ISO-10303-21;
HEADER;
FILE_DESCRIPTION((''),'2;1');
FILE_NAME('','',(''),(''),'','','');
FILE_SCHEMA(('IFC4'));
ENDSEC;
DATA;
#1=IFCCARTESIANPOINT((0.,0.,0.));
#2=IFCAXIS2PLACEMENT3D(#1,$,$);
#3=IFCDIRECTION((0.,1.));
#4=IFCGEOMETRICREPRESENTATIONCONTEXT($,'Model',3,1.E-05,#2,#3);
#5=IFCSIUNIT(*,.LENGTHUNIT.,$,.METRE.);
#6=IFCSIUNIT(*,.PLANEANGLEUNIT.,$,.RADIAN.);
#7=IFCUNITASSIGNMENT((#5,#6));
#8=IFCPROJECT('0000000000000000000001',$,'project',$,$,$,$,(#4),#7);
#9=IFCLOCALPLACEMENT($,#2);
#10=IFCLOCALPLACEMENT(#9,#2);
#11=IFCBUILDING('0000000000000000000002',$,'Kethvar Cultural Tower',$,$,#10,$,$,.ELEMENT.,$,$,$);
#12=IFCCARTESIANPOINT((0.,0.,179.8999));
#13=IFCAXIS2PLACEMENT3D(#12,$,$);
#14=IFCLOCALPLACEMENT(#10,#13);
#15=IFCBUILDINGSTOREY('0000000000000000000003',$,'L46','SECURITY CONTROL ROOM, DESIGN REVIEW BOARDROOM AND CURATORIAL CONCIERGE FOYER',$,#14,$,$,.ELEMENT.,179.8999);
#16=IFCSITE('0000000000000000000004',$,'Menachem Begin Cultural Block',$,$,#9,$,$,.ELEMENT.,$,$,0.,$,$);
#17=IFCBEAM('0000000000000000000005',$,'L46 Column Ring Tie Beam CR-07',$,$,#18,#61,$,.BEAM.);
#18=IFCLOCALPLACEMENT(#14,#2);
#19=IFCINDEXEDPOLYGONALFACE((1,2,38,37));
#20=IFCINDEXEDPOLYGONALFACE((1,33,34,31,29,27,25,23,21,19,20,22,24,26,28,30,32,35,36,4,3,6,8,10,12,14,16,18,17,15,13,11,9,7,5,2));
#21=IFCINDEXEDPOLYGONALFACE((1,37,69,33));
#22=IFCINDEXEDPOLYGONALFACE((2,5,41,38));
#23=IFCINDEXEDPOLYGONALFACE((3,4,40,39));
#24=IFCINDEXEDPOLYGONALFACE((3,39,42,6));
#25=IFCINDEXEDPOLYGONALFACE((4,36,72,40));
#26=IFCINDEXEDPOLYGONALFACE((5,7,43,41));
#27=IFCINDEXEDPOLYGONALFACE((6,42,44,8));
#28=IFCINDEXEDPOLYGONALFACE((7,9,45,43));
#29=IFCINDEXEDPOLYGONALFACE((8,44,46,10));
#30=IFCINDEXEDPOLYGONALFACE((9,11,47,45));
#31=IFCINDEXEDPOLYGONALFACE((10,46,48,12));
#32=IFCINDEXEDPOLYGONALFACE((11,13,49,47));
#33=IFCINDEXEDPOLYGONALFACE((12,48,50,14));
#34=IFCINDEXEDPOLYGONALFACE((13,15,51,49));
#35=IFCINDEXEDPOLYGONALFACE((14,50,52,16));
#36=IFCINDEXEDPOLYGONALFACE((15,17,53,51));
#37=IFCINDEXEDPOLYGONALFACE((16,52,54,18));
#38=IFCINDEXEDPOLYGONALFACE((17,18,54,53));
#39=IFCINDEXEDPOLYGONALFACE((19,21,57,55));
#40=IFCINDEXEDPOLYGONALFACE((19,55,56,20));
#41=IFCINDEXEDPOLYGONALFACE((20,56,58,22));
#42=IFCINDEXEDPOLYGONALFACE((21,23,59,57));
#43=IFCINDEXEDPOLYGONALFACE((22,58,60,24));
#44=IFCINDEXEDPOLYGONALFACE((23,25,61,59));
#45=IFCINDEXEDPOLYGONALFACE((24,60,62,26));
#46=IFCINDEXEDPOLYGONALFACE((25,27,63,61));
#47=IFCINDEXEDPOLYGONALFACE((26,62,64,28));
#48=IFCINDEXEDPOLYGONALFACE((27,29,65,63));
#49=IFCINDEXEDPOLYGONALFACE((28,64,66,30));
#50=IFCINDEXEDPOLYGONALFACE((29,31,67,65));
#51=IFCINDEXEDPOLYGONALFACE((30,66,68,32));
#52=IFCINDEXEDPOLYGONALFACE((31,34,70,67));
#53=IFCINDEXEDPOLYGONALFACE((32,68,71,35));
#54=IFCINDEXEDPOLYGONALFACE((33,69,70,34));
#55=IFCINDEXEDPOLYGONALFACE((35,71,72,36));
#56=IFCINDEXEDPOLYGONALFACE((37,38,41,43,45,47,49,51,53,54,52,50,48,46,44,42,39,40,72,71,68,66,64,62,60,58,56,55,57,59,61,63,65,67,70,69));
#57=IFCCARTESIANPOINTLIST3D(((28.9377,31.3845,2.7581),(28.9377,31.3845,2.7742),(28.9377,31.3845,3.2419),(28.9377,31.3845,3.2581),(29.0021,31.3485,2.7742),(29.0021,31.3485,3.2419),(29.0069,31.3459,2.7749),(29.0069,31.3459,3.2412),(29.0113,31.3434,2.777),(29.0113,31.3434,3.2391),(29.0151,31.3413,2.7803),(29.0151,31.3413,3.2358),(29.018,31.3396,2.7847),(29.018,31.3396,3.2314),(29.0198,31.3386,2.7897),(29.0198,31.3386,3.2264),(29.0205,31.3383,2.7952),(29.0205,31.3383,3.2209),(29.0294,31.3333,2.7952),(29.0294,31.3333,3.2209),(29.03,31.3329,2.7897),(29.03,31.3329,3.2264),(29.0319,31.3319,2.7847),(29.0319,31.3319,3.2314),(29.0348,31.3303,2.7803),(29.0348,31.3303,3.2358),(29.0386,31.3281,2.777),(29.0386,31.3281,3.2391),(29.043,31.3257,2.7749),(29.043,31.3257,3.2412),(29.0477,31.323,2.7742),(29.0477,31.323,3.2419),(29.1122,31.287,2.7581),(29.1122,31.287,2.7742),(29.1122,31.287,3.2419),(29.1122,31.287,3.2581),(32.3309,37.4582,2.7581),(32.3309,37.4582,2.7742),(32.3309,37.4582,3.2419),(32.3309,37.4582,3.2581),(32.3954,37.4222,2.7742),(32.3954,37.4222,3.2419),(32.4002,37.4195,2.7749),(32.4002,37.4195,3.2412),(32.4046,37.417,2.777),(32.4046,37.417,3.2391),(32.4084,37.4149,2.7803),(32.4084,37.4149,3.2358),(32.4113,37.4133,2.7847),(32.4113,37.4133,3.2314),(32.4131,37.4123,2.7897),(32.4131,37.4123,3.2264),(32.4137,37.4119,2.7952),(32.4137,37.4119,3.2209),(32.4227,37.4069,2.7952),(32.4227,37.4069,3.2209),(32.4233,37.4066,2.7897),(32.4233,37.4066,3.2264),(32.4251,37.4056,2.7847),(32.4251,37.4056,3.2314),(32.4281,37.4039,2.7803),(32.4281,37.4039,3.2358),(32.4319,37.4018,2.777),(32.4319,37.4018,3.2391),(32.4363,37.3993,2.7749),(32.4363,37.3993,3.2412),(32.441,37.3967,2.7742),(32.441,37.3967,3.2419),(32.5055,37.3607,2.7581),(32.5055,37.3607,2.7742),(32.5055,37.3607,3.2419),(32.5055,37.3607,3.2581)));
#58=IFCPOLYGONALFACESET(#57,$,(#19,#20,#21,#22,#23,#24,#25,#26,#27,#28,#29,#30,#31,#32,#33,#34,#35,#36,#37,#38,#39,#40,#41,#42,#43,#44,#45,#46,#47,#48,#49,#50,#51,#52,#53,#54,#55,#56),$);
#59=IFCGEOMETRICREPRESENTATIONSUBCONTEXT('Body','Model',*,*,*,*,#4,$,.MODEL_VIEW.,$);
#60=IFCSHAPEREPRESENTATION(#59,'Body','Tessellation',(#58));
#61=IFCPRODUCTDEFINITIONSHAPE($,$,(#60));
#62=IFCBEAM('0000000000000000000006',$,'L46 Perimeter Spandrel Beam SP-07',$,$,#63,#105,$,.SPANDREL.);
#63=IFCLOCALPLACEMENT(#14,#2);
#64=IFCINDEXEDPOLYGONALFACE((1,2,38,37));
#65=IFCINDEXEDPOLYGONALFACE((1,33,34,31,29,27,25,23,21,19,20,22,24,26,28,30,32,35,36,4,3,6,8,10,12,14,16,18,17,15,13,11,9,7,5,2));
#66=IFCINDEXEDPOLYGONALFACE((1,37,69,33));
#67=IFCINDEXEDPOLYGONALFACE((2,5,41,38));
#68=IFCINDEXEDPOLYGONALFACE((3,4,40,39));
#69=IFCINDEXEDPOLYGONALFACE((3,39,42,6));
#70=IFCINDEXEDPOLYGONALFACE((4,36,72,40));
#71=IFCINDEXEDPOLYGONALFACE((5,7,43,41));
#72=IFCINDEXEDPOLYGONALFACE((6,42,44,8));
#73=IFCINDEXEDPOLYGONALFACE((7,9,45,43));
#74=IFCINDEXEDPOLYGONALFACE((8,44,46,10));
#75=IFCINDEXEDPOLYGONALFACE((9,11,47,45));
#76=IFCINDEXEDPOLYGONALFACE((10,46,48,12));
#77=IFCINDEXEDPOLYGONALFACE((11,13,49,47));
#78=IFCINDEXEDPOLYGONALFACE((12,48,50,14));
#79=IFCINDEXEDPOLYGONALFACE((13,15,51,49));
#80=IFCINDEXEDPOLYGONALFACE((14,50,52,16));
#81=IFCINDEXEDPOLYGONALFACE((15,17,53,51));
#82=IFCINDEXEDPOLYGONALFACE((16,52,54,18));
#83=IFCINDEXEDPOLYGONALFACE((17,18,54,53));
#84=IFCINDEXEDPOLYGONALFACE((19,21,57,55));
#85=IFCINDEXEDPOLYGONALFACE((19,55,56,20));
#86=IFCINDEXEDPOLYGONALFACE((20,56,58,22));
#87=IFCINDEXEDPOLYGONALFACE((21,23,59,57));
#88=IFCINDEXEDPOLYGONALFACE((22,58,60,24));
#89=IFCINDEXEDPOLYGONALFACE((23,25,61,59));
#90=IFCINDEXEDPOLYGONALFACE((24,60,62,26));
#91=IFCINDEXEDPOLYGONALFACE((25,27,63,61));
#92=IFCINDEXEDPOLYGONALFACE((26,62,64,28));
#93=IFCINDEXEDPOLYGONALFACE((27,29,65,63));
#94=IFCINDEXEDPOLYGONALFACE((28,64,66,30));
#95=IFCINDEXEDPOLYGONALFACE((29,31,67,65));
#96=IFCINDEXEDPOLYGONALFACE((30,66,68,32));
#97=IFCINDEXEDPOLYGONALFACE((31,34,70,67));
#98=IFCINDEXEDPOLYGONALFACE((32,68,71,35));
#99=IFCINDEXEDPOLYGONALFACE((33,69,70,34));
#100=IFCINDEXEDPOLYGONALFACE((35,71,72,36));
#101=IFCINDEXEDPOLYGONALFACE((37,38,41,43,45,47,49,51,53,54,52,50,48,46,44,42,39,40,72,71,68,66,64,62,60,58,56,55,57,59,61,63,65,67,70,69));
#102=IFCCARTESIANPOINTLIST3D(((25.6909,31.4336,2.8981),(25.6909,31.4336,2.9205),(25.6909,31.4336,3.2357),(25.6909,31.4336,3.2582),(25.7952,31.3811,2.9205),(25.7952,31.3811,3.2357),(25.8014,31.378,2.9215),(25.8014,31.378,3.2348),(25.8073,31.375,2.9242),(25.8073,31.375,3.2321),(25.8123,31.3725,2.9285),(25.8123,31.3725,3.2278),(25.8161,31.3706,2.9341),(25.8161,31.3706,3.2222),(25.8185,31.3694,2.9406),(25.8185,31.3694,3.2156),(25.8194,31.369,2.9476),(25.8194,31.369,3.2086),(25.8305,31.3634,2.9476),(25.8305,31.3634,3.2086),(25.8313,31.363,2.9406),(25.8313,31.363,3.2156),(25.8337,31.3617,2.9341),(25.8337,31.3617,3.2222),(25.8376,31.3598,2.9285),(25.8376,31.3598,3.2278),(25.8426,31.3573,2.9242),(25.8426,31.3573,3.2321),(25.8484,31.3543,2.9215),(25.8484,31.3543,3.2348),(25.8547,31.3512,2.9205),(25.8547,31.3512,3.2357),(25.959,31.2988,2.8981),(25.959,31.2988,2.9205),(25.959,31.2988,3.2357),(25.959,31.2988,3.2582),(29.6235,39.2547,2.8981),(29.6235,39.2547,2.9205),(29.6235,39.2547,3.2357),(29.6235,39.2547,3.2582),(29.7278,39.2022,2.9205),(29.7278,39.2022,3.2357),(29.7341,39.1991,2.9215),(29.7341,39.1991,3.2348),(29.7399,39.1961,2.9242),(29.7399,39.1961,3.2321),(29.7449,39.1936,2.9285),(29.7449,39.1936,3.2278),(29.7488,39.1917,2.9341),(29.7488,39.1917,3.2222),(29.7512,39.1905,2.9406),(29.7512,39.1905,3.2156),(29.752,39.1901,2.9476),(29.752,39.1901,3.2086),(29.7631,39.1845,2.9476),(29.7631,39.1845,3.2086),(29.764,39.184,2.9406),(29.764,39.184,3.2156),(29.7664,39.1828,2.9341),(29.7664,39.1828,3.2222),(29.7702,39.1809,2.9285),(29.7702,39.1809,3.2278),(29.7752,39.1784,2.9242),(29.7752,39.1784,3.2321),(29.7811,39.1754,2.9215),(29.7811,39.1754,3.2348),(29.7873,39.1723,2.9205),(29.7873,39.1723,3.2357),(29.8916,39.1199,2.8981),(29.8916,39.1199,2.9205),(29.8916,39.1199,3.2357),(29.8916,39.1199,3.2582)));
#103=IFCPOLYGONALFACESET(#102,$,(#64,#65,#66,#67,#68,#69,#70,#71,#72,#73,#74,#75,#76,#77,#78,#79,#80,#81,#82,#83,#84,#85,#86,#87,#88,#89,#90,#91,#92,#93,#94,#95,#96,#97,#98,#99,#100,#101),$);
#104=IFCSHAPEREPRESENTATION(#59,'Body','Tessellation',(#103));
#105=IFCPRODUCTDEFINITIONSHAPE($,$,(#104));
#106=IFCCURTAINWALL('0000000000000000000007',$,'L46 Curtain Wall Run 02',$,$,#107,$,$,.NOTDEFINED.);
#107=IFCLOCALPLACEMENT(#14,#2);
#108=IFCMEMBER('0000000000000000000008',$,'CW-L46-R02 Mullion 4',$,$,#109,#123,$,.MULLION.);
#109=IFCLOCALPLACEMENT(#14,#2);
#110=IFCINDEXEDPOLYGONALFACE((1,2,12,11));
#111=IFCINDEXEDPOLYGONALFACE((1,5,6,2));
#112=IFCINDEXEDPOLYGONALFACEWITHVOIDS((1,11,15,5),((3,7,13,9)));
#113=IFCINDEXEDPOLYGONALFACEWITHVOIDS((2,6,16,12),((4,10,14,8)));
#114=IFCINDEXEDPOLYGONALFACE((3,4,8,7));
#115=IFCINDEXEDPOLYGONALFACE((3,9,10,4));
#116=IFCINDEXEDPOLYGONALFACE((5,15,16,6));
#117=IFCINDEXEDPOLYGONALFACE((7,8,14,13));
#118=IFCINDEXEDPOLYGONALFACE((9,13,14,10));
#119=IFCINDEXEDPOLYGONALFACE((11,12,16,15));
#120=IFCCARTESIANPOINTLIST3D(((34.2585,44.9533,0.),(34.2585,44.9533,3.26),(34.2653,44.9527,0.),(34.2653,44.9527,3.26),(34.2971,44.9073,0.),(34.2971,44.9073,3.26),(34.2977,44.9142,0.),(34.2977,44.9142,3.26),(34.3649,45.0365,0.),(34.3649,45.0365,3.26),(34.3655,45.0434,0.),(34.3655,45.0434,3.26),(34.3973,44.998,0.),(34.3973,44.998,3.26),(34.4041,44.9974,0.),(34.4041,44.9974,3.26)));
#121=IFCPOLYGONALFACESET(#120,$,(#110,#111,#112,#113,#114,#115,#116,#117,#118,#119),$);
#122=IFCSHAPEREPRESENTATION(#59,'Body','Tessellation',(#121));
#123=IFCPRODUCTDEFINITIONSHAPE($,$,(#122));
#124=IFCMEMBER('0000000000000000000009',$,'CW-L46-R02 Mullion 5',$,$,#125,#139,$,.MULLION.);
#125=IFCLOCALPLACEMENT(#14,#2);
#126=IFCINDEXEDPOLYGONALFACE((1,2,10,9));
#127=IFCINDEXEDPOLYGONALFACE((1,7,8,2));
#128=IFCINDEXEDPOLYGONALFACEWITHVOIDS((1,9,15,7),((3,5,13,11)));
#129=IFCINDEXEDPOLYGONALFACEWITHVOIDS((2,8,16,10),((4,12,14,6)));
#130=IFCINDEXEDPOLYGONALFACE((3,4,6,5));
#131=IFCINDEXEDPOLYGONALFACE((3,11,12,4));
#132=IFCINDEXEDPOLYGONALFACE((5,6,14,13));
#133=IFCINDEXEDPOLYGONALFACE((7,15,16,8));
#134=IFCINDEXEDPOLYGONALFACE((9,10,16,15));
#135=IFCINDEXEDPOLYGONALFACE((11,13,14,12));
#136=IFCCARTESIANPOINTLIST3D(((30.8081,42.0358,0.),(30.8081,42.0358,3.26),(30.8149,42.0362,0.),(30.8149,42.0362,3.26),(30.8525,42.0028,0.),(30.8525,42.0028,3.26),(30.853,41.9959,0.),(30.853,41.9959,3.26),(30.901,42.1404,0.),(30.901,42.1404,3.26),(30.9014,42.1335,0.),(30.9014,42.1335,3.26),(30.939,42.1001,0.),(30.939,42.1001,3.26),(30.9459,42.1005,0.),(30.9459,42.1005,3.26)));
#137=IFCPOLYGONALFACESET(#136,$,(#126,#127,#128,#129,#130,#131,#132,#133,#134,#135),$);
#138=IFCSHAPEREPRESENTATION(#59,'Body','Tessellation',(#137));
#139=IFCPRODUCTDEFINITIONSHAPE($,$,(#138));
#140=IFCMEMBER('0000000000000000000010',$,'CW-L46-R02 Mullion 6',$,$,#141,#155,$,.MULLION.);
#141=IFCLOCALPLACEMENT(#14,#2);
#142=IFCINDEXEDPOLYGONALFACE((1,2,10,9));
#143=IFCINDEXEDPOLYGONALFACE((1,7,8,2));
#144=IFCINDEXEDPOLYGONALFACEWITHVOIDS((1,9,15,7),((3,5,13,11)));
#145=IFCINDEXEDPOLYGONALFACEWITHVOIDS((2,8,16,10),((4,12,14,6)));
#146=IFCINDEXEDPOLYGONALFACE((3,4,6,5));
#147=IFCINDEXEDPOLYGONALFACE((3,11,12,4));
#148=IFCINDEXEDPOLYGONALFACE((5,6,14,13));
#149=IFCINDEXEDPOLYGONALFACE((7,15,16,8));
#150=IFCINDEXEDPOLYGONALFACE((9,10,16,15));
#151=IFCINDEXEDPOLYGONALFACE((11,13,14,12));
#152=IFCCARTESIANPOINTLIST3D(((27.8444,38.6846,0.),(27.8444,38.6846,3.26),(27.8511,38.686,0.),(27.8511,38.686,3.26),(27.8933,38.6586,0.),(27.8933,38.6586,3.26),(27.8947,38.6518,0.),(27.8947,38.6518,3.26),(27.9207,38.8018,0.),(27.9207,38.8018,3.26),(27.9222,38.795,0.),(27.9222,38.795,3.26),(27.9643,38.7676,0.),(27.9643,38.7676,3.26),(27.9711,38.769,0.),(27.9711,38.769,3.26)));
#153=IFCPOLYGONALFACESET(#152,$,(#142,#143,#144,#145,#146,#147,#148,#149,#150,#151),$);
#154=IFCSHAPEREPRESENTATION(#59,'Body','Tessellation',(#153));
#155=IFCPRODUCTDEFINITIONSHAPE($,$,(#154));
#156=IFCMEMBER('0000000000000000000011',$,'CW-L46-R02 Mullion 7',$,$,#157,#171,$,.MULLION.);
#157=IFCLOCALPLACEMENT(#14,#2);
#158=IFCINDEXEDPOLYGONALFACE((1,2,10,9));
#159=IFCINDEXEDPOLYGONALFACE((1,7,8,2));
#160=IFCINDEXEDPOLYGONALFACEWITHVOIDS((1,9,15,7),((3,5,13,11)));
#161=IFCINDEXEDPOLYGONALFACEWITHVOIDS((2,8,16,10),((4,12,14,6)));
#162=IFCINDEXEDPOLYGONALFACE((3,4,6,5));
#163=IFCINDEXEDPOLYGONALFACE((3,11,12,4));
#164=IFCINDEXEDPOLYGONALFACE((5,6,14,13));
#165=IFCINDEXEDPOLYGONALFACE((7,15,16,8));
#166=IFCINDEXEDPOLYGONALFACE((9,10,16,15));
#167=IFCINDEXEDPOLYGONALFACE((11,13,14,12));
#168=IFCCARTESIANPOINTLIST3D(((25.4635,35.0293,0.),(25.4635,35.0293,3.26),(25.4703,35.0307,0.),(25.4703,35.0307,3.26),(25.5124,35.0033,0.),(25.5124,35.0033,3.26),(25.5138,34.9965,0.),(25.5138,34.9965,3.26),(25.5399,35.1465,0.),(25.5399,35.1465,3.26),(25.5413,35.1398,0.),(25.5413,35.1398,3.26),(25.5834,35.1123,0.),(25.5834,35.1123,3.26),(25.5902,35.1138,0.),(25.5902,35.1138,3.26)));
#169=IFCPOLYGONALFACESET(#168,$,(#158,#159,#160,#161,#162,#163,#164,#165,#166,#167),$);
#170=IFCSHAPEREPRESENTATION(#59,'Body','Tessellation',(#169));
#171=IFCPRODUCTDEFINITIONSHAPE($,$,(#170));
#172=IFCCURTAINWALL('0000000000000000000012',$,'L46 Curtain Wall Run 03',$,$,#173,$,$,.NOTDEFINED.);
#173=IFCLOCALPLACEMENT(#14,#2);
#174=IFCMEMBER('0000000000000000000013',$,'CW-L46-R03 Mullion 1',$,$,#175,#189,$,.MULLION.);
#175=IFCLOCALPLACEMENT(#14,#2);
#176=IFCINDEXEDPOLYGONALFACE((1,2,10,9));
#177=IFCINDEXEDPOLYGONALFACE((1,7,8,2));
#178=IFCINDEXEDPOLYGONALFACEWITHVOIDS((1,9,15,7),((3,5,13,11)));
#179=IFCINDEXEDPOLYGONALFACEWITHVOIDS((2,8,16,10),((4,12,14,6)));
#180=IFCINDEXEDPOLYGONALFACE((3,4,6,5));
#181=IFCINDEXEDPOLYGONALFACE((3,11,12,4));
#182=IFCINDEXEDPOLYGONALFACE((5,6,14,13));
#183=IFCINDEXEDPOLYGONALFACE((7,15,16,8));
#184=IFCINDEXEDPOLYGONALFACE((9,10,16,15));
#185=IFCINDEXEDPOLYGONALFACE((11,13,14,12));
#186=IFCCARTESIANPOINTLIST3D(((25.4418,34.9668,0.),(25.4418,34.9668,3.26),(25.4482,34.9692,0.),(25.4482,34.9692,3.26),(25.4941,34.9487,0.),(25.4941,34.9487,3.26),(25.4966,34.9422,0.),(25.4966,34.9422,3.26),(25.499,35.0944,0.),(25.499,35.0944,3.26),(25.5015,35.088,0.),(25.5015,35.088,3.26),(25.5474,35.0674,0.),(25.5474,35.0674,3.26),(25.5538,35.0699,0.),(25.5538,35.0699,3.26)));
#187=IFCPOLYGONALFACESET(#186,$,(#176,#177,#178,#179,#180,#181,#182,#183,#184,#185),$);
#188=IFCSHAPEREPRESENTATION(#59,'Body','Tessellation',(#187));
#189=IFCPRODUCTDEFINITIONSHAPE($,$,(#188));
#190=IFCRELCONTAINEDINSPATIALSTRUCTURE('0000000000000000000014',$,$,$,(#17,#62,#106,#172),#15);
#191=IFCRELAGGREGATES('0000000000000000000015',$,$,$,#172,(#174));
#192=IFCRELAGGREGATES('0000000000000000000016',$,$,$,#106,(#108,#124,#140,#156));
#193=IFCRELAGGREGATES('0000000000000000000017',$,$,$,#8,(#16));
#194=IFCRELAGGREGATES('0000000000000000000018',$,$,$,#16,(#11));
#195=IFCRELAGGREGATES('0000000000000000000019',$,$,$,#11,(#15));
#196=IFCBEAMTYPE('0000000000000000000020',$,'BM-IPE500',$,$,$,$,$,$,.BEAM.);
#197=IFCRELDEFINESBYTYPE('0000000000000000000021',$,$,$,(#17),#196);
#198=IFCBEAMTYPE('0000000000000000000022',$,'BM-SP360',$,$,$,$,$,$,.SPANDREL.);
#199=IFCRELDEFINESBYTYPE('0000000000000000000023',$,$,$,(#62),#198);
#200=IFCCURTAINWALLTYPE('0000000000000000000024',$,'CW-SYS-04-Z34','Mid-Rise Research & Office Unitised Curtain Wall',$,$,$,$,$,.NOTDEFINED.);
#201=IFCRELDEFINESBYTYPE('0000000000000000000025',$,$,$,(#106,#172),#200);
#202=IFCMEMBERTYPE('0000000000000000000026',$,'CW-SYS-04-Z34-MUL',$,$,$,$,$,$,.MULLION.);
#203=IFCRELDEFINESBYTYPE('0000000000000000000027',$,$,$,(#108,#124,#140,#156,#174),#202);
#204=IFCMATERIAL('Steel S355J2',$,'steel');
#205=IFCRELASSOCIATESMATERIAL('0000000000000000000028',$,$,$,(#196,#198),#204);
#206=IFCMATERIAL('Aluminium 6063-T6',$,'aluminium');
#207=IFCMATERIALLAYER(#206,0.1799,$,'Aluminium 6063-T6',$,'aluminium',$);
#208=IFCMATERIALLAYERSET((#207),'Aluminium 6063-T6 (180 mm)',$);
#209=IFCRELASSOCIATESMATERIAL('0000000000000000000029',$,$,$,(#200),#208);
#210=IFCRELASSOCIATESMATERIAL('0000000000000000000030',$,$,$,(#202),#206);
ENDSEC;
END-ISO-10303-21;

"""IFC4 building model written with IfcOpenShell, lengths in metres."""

from ifc_helpers import new_model, si_unit, direction, frame, origin, origin_2d, place, context, subcontext, project, spatial, hollow_rectangle, i_section, extrude, source, transform, mapped, material, layer, layer_set, material_profile, profile_set, type_object, element, aggregate, save


model = new_model("IFC4")

# Units and contexts
model_context = context("Model", 3, precision=1e-05, world=origin(), true_north=direction((0.0, 1.0)))
body_context = subcontext(model_context, "Body", "Model", "MODEL_VIEW")
ifc_project = project(units=[si_unit("LENGTHUNIT", "METRE"), si_unit("PLANEANGLEUNIT", "RADIAN")], contexts=[model_context])

# Site, building, storey
site_placement = place(None, origin())
site = spatial("IfcSite", under=ifc_project, at=site_placement, Name="Menachem Begin Cultural Block", CompositionType="ELEMENT", RefElevation=0.0)
building_placement = place(site_placement, origin())
building = spatial("IfcBuilding", under=site, at=building_placement, Name="Kethvar Cultural Tower", CompositionType="ELEMENT")
storey_placement = place(building_placement, frame((0.0, 0.0, 179.8999)))
storey = spatial("IfcBuildingStorey", under=building, at=storey_placement, Name="L46", Description="SECURITY CONTROL ROOM, DESIGN REVIEW BOARDROOM AND CURATORIAL CONCIERGE FOYER", CompositionType="ELEMENT", Elevation=179.8999)

# Beams
ifc_material_1 = material(Name="Steel S355J2", Category="steel")
ifc_material_profile_1 = material_profile(ifc_material_1, i_section(OverallWidth=0.2, OverallDepth=0.5, WebThickness=0.0103, FlangeThickness=0.0161, FilletRadius=0.021, at=origin_2d()), Name="Steel S355J2 — IPE500")
ifc_profile_set_1 = profile_set([ifc_material_profile_1], Name="Steel S355J2 — IPE500")
beam_type_1 = type_object("IfcBeamType", Name="BM-IPE500", PredefinedType="BEAM", material=ifc_profile_set_1)
ifc_material_profile_2 = material_profile(ifc_material_1, i_section(OverallWidth=0.3, OverallDepth=0.3601, WebThickness=0.0125, FlangeThickness=0.0225, FilletRadius=0.0271, at=origin_2d()), Name="Steel S355J2 — HEB360")
ifc_profile_set_2 = profile_set([ifc_material_profile_2], Name="Steel S355J2 — HEB360")
beam_type_2 = type_object("IfcBeamType", Name="BM-SP360", PredefinedType="SPANDREL", material=ifc_profile_set_2)
shared_shape_1 = source(origin(), body_context, "Body", "SweptSolid", [
    extrude(i_section(OverallWidth=0.2, OverallDepth=0.5, WebThickness=0.0103, FlangeThickness=0.0161, FilletRadius=0.021, at=origin_2d()), origin(), (0.0, 0.0, 1.0), 6.9573),
])
beam_1_placement = place(storey_placement, frame((32.4182, 37.4094, 3.0081), z_axis=(-0.48773, -0.872994, 0.0), x_axis=(0.872994, -0.48773, 0.0)))
element("IfcBeam", 1, at=beam_1_placement, inside=storey, type_object=beam_type_1, Name="L46 Column Ring Tie Beam CR-07", PredefinedType="BEAM", context=body_context, shape_type="MappedRepresentation", body=[
    mapped(shared_shape_1, transform((0.0, 0.0, 0.0), scale=1.0)),
])
shared_shape_2 = source(origin(), body_context, "Body", "SweptSolid", [
    extrude(i_section(OverallWidth=0.3, OverallDepth=0.3601, WebThickness=0.0125, FlangeThickness=0.0225, FilletRadius=0.0271, at=origin_2d()), origin(), (0.0, 0.0, 1.0), 8.7542),
])
beam_2_placement = place(storey_placement, frame((29.7576, 39.1873, 3.0781), z_axis=(-0.449232, -0.893415, 0.0), x_axis=(0.893415, -0.449232, 0.0)))
element("IfcBeam", 2, at=beam_2_placement, inside=storey, type_object=beam_type_2, Name="L46 Perimeter Spandrel Beam SP-07", PredefinedType="SPANDREL", context=body_context, shape_type="MappedRepresentation", body=[
    mapped(shared_shape_2, transform((0.0, 0.0, 0.0), scale=1.0)),
])

# Curtain wall, members
ifc_material_2 = material(Name="Aluminium 6063-T6", Category="aluminium")
ifc_layer_1 = layer(ifc_material_2, 0.1799, Name="Aluminium 6063-T6", Category="aluminium")
ifc_layer_set_1 = layer_set([ifc_layer_1], Name="Aluminium 6063-T6 (180 mm)")
curtain_wall_type = type_object("IfcCurtainWallType", Name="CW-SYS-04-Z34", Description="Mid-Rise Research & Office Unitised Curtain Wall", PredefinedType="NOTDEFINED", material=ifc_layer_set_1)
curtain_wall_1_placement = place(storey_placement, origin())
curtain_wall_1 = element("IfcCurtainWall", 3, at=curtain_wall_1_placement, inside=storey, type_object=curtain_wall_type, Name="L46 Curtain Wall Run 02", PredefinedType="NOTDEFINED")
ifc_material_profile_3 = material_profile(ifc_material_2, hollow_rectangle(XDim=0.0601, YDim=0.1399, WallThickness=0.0049, at=origin_2d()), Name="Aluminium 6063-T6 — RHS140x60x5")
ifc_profile_set_3 = profile_set([ifc_material_profile_3], Name="Aluminium 6063-T6 — RHS140x60x5")
member_type_1 = type_object("IfcMemberType", Name="CW-SYS-04-Z34-MUL", PredefinedType="MULLION", material=ifc_profile_set_3)
shared_shape_3 = source(origin(), body_context, "Body", "SweptSolid", [
    extrude(hollow_rectangle(XDim=0.0601, YDim=0.1399, WallThickness=0.0049, at=origin_2d()), origin(), (0.0, 0.0, 1.0), 3.26),
])
member_1_placement = place(storey_placement, frame((34.3313, 44.9753, 0.0), z_axis=(0.0, 0.0, 1.0), x_axis=(0.644164, -0.764888, 0.0)))
member_1 = element("IfcMember", 4, at=member_1_placement, type_object=member_type_1, Name="CW-L46-R02 Mullion 4", PredefinedType="MULLION", context=body_context, shape_type="MappedRepresentation", body=[
    mapped(shared_shape_3, transform((0.0, 0.0, 0.0), scale=1.0)),
])
member_2_placement = place(storey_placement, frame((30.877, 42.0681, 0.0), z_axis=(0.0, 0.0, 1.0), x_axis=(0.747659, -0.664083, 0.0)))
member_2 = element("IfcMember", 5, at=member_2_placement, type_object=member_type_1, Name="CW-L46-R02 Mullion 5", PredefinedType="MULLION", context=body_context, shape_type="MappedRepresentation", body=[
    mapped(shared_shape_3, transform((0.0, 0.0, 0.0), scale=1.0)),
])
member_3_placement = place(storey_placement, frame((27.9077, 38.7268, 0.0), z_axis=(0.0, 0.0, 1.0), x_axis=(0.837909, -0.54581, 0.0)))
member_3 = element("IfcMember", 6, at=member_3_placement, type_object=member_type_1, Name="CW-L46-R02 Mullion 6", PredefinedType="MULLION", context=body_context, shape_type="MappedRepresentation", body=[
    mapped(shared_shape_3, transform((0.0, 0.0, 0.0), scale=1.0)),
])
member_4_placement = place(storey_placement, frame((25.5269, 35.0715, 0.0), z_axis=(0.0, 0.0, 1.0), x_axis=(0.837909, -0.54581, 0.0)))
member_4 = element("IfcMember", 7, at=member_4_placement, type_object=member_type_1, Name="CW-L46-R02 Mullion 7", PredefinedType="MULLION", context=body_context, shape_type="MappedRepresentation", body=[
    mapped(shared_shape_3, transform((0.0, 0.0, 0.0), scale=1.0)),
])

# Curtain wall, member
curtain_wall_2_placement = place(storey_placement, origin())
curtain_wall_2 = element("IfcCurtainWall", 8, at=curtain_wall_2_placement, inside=storey, type_object=curtain_wall_type, Name="L46 Curtain Wall Run 03", PredefinedType="NOTDEFINED")
member_5_placement = place(storey_placement, frame((25.4978, 35.0183, 0.0), z_axis=(0.0, 0.0, 1.0), x_axis=(0.912527, -0.409015, 0.0)))
member_5 = element("IfcMember", 9, at=member_5_placement, type_object=member_type_1, Name="CW-L46-R03 Mullion 1", PredefinedType="MULLION", context=body_context, shape_type="MappedRepresentation", body=[
    mapped(shared_shape_3, transform((0.0, 0.0, 0.0), scale=1.0)),
])
aggregate(curtain_wall_2, [member_5])

aggregate(curtain_wall_1, [member_1, member_2, member_3, member_4])

save(model, "model.ifc")
